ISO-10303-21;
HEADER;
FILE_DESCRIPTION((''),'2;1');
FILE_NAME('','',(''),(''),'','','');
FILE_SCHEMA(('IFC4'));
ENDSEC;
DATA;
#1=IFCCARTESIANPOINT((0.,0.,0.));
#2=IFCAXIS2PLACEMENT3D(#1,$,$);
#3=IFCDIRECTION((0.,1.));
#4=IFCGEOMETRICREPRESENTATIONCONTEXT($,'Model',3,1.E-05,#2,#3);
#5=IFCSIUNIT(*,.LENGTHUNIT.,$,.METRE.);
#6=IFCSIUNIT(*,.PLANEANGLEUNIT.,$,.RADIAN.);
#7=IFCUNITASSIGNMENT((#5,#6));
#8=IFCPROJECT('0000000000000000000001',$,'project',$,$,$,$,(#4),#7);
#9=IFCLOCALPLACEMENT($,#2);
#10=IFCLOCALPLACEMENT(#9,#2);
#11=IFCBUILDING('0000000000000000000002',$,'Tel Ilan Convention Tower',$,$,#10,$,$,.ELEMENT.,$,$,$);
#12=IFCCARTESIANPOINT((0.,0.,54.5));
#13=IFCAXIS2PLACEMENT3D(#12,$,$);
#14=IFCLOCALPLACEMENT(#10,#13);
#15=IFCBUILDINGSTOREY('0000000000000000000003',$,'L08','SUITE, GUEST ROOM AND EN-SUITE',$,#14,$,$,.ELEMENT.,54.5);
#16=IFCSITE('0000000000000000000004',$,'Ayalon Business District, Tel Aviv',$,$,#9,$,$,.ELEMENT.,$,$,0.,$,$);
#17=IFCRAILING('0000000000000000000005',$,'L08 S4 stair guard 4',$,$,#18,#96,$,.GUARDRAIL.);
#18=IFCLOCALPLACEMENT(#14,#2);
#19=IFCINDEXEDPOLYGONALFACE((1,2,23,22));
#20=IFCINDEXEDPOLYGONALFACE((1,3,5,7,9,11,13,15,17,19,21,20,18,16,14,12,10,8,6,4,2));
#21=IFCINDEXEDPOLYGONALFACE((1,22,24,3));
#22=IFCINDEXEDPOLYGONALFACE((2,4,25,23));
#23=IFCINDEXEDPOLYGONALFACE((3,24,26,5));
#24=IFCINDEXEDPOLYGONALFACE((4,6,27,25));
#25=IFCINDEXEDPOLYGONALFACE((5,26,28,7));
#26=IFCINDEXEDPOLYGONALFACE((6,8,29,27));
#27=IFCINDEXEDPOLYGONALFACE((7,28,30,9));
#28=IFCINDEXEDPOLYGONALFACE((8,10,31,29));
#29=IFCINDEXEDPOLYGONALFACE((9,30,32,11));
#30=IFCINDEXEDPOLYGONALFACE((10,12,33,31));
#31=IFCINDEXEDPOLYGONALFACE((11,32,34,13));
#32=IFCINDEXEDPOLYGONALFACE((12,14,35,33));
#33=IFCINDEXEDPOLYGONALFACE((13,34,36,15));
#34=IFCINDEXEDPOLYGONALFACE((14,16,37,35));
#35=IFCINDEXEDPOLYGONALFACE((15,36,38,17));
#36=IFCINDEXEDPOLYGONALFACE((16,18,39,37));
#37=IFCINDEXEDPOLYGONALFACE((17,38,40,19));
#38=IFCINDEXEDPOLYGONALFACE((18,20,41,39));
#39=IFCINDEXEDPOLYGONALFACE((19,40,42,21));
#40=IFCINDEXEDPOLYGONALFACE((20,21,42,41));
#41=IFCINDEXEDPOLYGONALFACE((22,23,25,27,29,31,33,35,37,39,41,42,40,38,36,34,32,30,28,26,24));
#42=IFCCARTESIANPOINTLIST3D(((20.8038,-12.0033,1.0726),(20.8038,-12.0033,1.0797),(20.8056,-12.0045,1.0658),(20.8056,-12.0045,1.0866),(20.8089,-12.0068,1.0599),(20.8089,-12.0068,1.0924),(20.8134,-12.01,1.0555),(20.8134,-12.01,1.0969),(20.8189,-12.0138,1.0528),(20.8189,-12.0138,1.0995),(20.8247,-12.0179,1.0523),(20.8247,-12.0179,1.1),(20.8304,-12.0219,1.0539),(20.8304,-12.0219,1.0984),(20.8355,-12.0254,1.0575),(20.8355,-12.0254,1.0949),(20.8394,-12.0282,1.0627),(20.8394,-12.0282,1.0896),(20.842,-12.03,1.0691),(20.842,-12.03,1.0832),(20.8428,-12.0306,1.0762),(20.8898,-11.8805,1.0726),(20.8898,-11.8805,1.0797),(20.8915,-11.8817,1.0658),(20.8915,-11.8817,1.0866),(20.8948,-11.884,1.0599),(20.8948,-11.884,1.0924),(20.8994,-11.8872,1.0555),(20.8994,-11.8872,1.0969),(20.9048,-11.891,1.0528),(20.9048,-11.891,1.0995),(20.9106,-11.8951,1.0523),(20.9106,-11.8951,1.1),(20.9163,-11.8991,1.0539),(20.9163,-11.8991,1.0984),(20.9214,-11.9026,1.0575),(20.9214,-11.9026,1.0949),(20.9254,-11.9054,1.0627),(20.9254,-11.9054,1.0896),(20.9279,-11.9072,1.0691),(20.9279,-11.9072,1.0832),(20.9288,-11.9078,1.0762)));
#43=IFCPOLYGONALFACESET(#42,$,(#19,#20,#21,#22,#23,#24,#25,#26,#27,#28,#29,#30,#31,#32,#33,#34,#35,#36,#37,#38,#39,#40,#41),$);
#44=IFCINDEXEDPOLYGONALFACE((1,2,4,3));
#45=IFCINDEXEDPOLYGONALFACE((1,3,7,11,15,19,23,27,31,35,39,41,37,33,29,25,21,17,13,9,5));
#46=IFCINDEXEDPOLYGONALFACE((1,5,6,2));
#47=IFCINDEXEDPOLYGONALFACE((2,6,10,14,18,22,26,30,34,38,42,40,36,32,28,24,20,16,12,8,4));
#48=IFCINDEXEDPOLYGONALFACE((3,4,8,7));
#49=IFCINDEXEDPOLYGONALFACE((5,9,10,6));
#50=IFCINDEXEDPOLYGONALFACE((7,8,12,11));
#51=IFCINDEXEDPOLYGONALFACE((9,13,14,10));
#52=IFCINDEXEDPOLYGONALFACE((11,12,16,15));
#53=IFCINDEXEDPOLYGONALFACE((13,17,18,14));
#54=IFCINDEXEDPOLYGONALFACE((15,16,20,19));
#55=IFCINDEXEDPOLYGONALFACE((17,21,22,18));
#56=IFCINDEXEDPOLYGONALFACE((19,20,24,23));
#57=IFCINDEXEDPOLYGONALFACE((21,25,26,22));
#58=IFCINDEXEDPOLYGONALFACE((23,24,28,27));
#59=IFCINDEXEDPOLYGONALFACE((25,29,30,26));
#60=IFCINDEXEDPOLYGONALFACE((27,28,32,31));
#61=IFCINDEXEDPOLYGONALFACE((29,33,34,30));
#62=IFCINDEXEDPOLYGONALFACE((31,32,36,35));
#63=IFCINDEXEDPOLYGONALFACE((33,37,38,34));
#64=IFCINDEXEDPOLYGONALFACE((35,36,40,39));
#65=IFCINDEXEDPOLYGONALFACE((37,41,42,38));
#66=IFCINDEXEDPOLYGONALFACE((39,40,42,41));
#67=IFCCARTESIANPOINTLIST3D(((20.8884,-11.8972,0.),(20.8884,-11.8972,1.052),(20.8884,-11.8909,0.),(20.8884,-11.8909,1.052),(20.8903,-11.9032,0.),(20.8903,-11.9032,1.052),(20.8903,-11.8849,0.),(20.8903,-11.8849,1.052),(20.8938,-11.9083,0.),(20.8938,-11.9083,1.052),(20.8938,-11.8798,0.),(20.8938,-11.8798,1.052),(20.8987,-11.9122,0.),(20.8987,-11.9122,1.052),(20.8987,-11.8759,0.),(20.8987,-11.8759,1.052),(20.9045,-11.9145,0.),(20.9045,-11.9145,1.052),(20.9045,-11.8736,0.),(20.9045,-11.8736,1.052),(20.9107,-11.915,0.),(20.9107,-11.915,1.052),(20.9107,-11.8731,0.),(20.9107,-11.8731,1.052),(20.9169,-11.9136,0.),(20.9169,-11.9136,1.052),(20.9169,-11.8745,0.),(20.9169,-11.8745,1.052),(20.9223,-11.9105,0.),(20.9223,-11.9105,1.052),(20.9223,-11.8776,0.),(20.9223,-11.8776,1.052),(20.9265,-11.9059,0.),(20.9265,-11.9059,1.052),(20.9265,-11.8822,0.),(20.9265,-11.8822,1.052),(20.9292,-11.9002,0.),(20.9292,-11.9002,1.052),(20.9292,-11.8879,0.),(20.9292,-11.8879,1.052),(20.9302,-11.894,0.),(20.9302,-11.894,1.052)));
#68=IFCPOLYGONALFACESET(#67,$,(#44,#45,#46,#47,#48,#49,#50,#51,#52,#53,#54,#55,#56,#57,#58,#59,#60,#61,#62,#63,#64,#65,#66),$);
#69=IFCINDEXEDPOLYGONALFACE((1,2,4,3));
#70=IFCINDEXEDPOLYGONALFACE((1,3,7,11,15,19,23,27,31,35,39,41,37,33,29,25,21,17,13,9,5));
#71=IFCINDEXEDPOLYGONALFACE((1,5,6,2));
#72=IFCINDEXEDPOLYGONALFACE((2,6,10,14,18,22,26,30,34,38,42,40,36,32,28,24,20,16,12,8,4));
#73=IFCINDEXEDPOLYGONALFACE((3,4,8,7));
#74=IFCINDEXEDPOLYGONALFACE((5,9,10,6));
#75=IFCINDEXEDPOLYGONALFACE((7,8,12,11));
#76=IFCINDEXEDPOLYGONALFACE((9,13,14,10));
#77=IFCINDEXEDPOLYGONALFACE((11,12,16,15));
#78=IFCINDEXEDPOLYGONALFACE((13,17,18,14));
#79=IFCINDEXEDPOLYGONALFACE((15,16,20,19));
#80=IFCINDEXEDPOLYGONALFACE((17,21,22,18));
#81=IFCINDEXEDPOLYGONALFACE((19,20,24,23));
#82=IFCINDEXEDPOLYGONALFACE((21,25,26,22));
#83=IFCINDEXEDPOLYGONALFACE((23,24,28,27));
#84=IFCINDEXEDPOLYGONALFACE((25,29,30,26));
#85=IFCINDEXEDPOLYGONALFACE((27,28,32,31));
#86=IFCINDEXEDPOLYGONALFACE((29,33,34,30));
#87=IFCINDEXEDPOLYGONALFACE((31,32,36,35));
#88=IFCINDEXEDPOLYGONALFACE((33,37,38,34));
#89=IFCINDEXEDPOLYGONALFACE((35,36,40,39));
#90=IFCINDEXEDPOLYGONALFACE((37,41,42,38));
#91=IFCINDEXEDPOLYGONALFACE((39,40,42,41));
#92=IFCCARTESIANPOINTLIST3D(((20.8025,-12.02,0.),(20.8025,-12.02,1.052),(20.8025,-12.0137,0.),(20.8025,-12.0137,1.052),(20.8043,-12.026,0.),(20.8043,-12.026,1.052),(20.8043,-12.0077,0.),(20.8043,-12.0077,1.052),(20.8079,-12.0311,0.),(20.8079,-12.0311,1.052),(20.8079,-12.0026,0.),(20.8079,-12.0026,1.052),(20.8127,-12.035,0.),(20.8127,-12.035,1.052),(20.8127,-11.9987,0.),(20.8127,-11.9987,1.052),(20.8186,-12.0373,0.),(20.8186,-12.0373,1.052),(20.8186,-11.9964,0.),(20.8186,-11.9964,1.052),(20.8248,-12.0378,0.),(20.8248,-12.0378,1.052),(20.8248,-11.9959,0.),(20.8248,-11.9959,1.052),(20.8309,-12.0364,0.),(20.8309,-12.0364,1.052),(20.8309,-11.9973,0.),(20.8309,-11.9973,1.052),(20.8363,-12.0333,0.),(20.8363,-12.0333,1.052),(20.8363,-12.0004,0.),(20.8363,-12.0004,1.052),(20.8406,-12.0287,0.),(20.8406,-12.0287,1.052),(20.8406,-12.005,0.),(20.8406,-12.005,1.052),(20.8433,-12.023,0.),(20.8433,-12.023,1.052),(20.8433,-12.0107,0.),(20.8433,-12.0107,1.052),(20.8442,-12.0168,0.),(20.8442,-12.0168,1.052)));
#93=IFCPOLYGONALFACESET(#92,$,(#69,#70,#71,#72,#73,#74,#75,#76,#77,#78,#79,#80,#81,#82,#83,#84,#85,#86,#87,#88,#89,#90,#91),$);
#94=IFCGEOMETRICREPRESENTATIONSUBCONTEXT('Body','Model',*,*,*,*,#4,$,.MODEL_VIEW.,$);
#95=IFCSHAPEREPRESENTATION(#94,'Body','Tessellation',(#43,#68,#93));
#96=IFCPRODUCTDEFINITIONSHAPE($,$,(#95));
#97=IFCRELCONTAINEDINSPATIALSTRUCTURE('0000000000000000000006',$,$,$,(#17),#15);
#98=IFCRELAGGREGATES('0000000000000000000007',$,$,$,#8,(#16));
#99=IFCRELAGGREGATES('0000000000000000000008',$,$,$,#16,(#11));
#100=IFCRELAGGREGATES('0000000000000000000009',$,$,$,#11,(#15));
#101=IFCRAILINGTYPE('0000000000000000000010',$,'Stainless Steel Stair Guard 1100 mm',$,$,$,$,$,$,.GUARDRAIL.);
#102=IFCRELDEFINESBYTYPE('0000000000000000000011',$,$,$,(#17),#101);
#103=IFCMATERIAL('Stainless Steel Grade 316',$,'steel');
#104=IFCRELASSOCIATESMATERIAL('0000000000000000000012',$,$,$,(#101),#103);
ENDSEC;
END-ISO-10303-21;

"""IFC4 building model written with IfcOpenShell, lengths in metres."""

from ifc_helpers import new_model, si_unit, direction, frame, origin, origin_2d, place, context, subcontext, project, spatial, circle, extrude, material, type_object, element, save


model = new_model("IFC4")

# Units and contexts
model_context = context("Model", 3, precision=1e-05, world=origin(), true_north=direction((0.0, 1.0)))
body_context = subcontext(model_context, "Body", "Model", "MODEL_VIEW")
ifc_project = project(units=[si_unit("LENGTHUNIT", "METRE"), si_unit("PLANEANGLEUNIT", "RADIAN")], contexts=[model_context])

# Site, building, storey
site_placement = place(None, origin())
site = spatial("IfcSite", under=ifc_project, at=site_placement, Name="Ayalon Business District, Tel Aviv", CompositionType="ELEMENT", RefElevation=0.0)
building_placement = place(site_placement, origin())
building = spatial("IfcBuilding", under=site, at=building_placement, Name="Tel Ilan Convention Tower", CompositionType="ELEMENT")
storey_placement = place(building_placement, frame((0.0, 0.0, 54.5)))
storey = spatial("IfcBuildingStorey", under=building, at=storey_placement, Name="L08", Description="SUITE, GUEST ROOM AND EN-SUITE", CompositionType="ELEMENT", Elevation=54.5)

# Railing
ifc_material_1 = material(Name="Stainless Steel Grade 316", Category="steel")
railing_type_1 = type_object("IfcRailingType", Name="Stainless Steel Stair Guard 1100 mm", PredefinedType="GUARDRAIL", material=ifc_material_1)
railing_1_placement = place(storey_placement, frame((20.9092, -11.894, 0.0)))
element("IfcRailing", 1, at=railing_1_placement, inside=storey, type_object=railing_type_1, Name="L08 S4 stair guard 4", PredefinedType="GUARDRAIL", context=body_context, shape_type="SweptSolid", body=[
    extrude(circle(Radius=0.0239, at=origin_2d()), frame((0.0, 0.0, 1.0762), z_axis=(-0.573353, -0.819308, 0.0), x_axis=(0.819308, -0.573353, 0.0)), (0.0, 0.0, 1.0), 0.1499),
    extrude(circle(Radius=0.021, at=origin_2d()), origin(), (0.0, 0.0, 1.0), 1.052),
    extrude(circle(Radius=0.021, at=origin_2d()), frame((-0.0859, -0.1228, 0.0)), (0.0, 0.0, 1.0), 1.052),
])

save(model, "model.ifc")
